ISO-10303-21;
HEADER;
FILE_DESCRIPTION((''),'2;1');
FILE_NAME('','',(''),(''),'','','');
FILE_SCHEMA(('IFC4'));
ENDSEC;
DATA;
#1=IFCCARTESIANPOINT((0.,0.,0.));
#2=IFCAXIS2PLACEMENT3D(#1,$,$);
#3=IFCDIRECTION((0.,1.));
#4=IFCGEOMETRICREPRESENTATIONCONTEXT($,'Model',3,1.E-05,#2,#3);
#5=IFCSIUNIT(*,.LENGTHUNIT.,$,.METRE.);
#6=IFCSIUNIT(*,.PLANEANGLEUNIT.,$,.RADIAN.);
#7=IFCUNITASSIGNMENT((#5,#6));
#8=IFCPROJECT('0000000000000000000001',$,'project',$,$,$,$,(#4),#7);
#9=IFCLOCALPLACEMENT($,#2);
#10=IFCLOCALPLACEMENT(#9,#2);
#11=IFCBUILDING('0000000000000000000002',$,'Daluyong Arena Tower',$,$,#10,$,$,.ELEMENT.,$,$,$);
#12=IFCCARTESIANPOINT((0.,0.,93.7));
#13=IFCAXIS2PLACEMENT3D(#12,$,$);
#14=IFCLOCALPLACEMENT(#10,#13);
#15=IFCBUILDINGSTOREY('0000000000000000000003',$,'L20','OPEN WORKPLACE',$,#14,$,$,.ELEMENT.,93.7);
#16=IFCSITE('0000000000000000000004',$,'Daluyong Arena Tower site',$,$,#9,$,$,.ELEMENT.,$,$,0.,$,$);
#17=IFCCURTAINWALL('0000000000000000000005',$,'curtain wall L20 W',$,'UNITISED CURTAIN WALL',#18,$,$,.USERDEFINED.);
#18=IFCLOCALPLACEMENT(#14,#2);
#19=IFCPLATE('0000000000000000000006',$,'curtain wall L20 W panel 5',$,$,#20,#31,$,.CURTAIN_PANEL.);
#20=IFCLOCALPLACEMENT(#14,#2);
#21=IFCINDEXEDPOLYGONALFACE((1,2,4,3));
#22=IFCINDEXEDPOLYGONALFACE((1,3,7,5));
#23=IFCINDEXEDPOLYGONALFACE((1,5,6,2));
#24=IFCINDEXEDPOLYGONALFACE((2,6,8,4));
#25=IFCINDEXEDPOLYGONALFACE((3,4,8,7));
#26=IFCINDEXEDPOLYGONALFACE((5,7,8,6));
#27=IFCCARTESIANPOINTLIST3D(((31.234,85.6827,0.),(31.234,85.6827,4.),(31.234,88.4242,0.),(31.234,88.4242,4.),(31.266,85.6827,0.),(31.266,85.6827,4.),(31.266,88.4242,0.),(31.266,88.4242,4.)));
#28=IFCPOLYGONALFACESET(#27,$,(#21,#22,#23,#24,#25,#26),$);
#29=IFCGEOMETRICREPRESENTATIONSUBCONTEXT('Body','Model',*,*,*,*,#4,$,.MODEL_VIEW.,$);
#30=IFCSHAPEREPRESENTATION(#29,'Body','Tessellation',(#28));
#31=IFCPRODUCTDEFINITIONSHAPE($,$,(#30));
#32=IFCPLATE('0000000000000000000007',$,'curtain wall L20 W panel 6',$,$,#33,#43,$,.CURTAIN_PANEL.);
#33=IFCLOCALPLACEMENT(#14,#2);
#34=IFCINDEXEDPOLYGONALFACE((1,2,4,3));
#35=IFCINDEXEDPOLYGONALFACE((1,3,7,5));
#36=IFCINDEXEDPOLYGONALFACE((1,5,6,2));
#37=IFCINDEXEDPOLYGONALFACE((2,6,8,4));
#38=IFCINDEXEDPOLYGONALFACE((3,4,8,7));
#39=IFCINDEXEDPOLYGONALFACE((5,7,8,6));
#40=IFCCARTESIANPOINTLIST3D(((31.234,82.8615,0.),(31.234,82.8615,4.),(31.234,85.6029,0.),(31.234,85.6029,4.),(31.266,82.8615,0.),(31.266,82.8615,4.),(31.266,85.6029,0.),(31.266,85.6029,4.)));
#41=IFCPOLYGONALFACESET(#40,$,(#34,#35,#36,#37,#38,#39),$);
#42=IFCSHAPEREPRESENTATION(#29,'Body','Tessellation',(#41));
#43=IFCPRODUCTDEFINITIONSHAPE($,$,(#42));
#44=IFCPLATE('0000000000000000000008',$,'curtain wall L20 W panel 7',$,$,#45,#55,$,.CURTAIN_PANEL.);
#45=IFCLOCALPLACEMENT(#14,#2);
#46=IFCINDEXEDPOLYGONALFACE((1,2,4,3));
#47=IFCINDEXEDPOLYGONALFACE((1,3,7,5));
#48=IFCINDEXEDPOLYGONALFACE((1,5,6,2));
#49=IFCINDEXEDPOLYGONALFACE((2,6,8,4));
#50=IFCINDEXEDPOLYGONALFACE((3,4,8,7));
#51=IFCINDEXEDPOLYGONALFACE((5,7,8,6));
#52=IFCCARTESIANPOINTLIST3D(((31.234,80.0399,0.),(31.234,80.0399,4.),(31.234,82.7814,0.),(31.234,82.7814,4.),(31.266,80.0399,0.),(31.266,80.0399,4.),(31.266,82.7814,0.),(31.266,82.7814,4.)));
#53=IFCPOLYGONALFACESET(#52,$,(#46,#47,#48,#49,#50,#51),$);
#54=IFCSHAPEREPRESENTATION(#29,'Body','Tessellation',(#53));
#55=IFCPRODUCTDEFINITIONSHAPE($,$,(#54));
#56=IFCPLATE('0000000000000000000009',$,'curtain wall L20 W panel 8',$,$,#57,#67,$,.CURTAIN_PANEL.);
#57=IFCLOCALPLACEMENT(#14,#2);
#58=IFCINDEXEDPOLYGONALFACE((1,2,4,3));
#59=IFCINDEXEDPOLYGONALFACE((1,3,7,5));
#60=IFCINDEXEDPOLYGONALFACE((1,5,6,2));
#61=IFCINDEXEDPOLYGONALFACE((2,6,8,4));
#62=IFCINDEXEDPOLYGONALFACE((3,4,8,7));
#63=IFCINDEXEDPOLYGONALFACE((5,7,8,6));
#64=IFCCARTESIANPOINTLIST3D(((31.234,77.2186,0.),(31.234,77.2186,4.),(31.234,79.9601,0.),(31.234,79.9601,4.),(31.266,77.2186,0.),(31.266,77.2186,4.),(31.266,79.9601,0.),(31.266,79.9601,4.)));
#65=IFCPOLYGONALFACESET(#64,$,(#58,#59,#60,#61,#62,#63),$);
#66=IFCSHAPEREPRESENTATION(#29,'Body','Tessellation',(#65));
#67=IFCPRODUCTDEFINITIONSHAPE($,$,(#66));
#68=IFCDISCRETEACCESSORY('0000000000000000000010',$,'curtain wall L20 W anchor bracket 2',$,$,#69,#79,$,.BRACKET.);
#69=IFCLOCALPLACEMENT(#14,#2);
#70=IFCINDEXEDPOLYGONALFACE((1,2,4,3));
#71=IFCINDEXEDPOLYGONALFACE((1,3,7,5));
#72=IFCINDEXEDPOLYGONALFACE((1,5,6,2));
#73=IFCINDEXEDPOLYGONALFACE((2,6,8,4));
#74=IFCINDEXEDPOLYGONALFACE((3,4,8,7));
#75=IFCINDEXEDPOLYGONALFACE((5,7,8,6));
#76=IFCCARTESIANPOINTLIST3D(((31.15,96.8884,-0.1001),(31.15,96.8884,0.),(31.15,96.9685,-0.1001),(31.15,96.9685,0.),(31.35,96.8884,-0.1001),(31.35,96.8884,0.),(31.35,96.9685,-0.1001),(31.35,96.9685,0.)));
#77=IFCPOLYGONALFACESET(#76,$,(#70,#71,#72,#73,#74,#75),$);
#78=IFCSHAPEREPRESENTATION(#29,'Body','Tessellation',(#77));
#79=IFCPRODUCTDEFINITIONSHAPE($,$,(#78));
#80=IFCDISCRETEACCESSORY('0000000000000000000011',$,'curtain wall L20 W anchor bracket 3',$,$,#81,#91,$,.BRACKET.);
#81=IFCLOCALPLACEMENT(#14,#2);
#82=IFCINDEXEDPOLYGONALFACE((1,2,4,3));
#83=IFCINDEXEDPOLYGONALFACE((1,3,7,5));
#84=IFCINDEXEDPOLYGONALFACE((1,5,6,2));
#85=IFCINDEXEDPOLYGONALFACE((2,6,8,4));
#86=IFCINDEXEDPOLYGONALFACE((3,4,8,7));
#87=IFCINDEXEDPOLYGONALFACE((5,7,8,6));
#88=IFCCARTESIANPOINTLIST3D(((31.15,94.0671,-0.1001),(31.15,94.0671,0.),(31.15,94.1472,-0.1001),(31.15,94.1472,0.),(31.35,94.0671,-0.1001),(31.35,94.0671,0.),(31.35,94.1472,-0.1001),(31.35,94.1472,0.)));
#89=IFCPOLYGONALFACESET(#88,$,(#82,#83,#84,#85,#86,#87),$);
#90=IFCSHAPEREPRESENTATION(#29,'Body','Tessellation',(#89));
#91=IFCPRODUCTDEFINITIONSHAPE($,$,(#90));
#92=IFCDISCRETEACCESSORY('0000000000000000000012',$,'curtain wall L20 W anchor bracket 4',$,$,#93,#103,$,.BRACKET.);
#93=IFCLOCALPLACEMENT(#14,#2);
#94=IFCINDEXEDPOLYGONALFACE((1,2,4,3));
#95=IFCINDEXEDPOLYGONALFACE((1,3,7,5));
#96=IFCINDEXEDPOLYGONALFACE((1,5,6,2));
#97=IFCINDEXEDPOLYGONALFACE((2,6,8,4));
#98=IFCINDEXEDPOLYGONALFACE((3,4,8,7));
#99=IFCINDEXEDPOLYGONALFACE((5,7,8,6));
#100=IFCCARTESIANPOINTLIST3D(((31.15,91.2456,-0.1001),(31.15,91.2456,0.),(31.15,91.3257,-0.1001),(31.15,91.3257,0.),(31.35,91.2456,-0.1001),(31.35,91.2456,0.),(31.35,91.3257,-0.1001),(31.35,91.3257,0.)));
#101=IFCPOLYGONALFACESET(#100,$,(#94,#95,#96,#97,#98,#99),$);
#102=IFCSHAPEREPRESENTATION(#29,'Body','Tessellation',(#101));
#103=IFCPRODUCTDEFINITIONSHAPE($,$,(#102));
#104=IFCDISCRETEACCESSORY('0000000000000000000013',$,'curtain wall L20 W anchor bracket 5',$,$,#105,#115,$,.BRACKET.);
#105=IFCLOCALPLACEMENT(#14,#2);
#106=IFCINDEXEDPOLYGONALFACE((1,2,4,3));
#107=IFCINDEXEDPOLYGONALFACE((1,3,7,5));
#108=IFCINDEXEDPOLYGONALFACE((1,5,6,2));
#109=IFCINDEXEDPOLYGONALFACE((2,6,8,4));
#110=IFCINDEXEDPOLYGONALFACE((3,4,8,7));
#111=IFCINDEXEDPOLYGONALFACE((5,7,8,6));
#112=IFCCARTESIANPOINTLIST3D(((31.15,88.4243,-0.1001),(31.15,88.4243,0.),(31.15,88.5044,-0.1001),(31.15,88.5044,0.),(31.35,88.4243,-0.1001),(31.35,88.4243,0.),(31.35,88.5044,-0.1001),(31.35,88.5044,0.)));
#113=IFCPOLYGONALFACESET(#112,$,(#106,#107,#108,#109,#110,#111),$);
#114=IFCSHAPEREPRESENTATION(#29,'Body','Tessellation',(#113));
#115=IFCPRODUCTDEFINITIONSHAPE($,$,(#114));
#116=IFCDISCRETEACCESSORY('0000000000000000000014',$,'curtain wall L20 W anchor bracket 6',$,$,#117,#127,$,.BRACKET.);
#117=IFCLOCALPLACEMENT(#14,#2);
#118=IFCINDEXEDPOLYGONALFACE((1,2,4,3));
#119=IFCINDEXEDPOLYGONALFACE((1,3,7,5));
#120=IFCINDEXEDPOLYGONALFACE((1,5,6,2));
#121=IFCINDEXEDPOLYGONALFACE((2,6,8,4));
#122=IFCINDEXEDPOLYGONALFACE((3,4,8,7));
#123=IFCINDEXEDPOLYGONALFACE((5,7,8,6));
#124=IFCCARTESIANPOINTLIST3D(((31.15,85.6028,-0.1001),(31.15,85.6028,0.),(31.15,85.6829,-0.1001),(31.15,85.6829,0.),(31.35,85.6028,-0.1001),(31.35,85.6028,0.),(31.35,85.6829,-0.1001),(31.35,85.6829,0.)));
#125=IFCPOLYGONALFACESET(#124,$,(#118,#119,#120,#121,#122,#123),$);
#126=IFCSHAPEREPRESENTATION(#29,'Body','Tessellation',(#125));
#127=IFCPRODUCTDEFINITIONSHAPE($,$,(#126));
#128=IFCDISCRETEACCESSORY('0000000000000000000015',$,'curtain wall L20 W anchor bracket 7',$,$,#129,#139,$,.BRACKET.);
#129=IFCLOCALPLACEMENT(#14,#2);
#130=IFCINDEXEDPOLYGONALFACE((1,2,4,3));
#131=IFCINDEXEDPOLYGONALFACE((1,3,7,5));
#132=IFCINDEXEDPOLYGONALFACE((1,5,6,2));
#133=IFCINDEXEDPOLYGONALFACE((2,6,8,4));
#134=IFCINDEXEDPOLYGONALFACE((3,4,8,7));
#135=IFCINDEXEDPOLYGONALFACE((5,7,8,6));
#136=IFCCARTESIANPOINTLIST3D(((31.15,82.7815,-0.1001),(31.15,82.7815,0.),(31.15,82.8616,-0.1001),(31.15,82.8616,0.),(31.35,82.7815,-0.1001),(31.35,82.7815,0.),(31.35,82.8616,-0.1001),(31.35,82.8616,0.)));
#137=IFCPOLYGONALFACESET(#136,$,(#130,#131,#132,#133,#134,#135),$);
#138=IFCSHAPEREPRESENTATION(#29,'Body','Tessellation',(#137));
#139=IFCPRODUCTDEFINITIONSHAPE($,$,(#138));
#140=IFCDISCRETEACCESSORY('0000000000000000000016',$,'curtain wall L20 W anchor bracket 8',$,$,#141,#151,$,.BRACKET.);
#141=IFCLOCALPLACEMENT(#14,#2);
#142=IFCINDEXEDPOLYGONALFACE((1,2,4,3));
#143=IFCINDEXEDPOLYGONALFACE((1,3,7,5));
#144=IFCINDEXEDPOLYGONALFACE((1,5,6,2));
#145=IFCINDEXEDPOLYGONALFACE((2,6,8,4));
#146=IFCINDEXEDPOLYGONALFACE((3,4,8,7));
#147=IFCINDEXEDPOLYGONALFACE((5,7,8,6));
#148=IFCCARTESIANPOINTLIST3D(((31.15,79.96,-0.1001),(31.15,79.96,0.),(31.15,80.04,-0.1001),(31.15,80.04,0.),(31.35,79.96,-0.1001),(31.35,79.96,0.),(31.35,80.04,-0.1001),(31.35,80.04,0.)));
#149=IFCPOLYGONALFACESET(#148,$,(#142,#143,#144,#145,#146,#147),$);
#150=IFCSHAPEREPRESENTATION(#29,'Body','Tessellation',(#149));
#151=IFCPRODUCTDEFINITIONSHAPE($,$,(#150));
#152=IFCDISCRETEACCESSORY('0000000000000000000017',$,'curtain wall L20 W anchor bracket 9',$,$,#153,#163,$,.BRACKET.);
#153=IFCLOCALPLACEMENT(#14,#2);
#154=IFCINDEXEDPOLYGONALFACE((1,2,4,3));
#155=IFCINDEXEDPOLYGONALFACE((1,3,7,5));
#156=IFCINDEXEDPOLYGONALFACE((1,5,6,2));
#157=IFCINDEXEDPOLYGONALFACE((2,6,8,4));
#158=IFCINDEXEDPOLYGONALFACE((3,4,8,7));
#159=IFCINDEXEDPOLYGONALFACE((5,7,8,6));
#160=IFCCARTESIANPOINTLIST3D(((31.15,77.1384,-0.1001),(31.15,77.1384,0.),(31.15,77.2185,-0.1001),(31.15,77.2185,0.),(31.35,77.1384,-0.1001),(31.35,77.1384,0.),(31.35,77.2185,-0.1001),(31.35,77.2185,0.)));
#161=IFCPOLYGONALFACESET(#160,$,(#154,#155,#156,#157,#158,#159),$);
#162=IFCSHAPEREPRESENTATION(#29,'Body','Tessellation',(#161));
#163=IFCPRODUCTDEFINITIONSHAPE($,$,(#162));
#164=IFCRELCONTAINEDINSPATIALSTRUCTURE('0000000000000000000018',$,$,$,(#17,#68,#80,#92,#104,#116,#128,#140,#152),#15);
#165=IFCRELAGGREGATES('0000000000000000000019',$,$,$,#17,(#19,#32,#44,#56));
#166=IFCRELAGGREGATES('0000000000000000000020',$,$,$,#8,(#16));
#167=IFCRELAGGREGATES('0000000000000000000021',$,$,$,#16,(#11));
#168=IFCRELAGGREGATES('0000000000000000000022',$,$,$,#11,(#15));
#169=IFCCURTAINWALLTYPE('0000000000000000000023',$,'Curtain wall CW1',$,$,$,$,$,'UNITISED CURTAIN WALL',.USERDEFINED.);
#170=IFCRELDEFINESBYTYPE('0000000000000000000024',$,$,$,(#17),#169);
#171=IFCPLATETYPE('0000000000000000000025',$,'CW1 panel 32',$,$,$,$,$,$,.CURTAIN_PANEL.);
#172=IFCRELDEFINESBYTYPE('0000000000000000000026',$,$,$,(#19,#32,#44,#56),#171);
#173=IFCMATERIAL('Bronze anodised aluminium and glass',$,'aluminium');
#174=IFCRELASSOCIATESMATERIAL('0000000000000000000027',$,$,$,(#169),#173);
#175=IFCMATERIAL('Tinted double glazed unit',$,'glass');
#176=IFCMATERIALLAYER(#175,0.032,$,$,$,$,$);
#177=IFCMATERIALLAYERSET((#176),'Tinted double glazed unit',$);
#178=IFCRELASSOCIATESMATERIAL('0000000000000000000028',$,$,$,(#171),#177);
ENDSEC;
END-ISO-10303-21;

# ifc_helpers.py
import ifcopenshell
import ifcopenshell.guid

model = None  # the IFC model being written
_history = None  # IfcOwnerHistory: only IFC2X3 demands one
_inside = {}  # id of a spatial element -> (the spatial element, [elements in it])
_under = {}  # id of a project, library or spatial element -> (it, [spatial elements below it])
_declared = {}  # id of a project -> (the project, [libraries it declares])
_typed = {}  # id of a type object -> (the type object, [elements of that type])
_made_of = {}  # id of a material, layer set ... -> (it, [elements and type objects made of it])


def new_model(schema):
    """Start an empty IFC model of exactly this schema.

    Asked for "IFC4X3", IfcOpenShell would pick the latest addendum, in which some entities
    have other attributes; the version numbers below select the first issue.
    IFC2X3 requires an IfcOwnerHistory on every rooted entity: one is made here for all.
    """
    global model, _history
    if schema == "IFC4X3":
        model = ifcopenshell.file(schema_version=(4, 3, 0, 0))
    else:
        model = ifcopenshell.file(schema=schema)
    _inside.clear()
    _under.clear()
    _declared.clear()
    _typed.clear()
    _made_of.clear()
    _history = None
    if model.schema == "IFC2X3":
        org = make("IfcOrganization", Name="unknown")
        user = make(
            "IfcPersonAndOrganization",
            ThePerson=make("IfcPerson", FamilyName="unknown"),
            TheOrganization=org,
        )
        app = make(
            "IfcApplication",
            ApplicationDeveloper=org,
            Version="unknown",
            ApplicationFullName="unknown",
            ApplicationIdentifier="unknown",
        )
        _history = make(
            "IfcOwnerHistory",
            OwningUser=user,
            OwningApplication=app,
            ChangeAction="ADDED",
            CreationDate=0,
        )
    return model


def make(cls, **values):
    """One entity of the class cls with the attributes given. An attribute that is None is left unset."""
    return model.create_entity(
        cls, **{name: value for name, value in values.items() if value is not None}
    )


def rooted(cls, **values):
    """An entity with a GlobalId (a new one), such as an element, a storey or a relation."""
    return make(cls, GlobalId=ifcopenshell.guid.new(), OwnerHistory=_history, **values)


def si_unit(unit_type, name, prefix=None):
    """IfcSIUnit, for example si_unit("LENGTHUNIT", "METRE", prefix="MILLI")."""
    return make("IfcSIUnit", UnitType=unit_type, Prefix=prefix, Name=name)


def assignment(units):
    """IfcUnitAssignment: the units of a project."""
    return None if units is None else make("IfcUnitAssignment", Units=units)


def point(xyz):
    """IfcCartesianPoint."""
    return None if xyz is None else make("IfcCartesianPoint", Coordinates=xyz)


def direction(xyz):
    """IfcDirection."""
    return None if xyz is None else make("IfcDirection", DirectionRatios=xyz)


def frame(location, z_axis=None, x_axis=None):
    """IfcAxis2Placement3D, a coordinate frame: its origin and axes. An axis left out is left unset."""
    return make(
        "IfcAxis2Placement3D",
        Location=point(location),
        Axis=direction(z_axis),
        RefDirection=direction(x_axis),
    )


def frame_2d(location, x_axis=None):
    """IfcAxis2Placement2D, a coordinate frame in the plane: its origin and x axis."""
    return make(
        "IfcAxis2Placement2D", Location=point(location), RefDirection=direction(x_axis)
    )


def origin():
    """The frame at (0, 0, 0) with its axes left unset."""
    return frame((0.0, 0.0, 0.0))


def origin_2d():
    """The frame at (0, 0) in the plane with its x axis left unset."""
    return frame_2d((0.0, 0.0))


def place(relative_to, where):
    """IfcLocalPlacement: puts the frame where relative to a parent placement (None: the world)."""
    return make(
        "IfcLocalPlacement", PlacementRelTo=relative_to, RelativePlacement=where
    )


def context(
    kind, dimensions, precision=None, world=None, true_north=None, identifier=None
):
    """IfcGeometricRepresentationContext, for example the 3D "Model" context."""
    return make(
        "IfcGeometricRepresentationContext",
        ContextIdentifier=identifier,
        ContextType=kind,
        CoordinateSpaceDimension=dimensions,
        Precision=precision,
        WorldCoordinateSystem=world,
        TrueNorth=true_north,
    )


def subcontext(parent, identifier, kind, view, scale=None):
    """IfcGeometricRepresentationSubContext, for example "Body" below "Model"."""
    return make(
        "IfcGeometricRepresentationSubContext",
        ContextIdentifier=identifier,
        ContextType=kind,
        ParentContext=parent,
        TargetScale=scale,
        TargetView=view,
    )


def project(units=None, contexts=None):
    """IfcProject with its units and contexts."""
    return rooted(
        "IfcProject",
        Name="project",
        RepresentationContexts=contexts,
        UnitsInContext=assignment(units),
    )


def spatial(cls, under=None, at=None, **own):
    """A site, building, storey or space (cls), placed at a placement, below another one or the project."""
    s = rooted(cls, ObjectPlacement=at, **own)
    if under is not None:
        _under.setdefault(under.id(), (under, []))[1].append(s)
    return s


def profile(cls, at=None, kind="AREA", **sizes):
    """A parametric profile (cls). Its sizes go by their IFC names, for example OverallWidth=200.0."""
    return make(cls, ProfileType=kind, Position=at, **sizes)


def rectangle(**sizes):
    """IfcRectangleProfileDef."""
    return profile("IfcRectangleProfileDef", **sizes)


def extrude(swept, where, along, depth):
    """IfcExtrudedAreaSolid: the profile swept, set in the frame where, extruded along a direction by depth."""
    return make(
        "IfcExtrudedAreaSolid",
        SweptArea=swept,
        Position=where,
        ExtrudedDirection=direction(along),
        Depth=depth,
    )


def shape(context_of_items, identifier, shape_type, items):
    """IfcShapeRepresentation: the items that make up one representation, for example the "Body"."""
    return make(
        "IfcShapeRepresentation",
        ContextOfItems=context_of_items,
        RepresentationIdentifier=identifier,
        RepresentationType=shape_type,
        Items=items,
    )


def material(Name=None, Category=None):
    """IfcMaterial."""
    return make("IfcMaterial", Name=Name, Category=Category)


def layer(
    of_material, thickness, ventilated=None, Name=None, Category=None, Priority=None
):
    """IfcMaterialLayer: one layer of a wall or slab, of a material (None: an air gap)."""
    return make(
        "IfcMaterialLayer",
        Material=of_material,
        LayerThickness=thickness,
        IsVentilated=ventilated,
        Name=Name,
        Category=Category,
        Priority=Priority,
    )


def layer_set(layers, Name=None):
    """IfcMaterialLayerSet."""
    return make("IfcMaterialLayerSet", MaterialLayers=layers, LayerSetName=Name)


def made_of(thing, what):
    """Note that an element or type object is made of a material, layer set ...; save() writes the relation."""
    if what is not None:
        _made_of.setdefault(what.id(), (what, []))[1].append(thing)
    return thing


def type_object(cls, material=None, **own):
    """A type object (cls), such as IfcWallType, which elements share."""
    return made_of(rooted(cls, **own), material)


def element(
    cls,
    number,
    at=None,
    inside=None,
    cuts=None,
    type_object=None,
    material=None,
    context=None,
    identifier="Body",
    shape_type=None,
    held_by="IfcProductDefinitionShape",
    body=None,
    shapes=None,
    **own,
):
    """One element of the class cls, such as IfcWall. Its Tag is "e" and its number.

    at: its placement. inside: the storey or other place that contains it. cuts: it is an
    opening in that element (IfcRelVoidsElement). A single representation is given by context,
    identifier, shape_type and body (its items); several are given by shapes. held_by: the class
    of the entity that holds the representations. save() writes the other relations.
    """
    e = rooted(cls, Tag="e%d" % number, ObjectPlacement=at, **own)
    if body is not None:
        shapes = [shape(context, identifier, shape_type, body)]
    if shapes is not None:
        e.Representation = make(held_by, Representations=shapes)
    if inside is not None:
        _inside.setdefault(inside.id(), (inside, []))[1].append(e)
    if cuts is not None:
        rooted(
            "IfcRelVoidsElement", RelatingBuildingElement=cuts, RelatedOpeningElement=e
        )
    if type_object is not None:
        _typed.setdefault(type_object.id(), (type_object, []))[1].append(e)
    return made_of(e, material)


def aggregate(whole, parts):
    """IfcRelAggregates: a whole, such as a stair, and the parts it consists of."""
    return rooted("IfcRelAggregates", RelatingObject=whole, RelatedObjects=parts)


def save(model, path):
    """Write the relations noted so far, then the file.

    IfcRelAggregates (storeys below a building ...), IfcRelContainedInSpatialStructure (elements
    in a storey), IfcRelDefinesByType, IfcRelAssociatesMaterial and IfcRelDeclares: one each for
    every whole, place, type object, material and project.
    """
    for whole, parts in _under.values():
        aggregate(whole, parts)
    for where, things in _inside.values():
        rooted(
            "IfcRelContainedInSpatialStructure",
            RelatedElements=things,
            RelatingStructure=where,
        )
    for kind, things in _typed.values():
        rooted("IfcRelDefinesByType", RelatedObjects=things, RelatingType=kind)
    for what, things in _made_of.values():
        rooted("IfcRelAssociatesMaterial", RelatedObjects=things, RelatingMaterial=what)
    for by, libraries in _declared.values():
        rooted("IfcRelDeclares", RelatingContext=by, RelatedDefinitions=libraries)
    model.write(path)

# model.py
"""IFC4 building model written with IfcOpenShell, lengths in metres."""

from ifc_helpers import new_model, si_unit, direction, frame, origin, origin_2d, place, context, subcontext, project, spatial, rectangle, extrude, material, layer, layer_set, type_object, element, aggregate, save


model = new_model("IFC4")

# Units and contexts
model_context = context("Model", 3, precision=1e-05, world=origin(), true_north=direction((0.0, 1.0)))
body_context = subcontext(model_context, "Body", "Model", "MODEL_VIEW")
ifc_project = project(units=[si_unit("LENGTHUNIT", "METRE"), si_unit("PLANEANGLEUNIT", "RADIAN")], contexts=[model_context])

# Site, building, storey
site_placement = place(None, origin())
site = spatial("IfcSite", under=ifc_project, at=site_placement, Name="Daluyong Arena Tower site", CompositionType="ELEMENT", RefElevation=0.0)
building_placement = place(site_placement, origin())
building = spatial("IfcBuilding", under=site, at=building_placement, Name="Daluyong Arena Tower", CompositionType="ELEMENT")
storey_placement = place(building_placement, frame((0.0, 0.0, 93.7)))
storey = spatial("IfcBuildingStorey", under=building, at=storey_placement, Name="L20", Description="OPEN WORKPLACE", CompositionType="ELEMENT", Elevation=93.7)

# Curtain wall
ifc_material_1 = material(Name="Bronze anodised aluminium and glass", Category="aluminium")
curtain_wall_type = type_object("IfcCurtainWallType", Name="Curtain wall CW1", ElementType="UNITISED CURTAIN WALL", PredefinedType="USERDEFINED", material=ifc_material_1)
curtain_wall_placement = place(storey_placement, origin())
curtain_wall = element("IfcCurtainWall", 1, at=curtain_wall_placement, inside=storey, type_object=curtain_wall_type, Name="curtain wall L20 W", ObjectType="UNITISED CURTAIN WALL", PredefinedType="USERDEFINED")

# Plates
ifc_material_2 = material(Name="Tinted double glazed unit", Category="glass")
ifc_layer = layer(ifc_material_2, 0.032)
ifc_layer_set = layer_set([ifc_layer], Name="Tinted double glazed unit")
plate_type = type_object("IfcPlateType", Name="CW1 panel 32", PredefinedType="CURTAIN_PANEL", material=ifc_layer_set)
plate_1_placement = place(storey_placement, frame((31.25, 87.0535, 0.0), z_axis=(0.0, 0.0, 1.0), x_axis=(0.0, -1.0, 0.0)))
plate_1 = element("IfcPlate", 2, at=plate_1_placement, type_object=plate_type, Name="curtain wall L20 W panel 5", PredefinedType="CURTAIN_PANEL", context=body_context, shape_type="SweptSolid", body=[
    extrude(rectangle(XDim=2.7415, YDim=0.032, at=origin_2d()), origin(), (0.0, 0.0, 1.0), 4.0),
])
plate_2_placement = place(storey_placement, frame((31.25, 84.2322, 0.0), z_axis=(0.0, 0.0, 1.0), x_axis=(0.0, -1.0, 0.0)))
plate_2 = element("IfcPlate", 3, at=plate_2_placement, type_object=plate_type, Name="curtain wall L20 W panel 6", PredefinedType="CURTAIN_PANEL", context=body_context, shape_type="SweptSolid", body=[
    extrude(rectangle(XDim=2.7415, YDim=0.032, at=origin_2d()), origin(), (0.0, 0.0, 1.0), 4.0),
])
plate_3_placement = place(storey_placement, frame((31.25, 81.4106, 0.0), z_axis=(0.0, 0.0, 1.0), x_axis=(0.0, -1.0, 0.0)))
plate_3 = element("IfcPlate", 4, at=plate_3_placement, type_object=plate_type, Name="curtain wall L20 W panel 7", PredefinedType="CURTAIN_PANEL", context=body_context, shape_type="SweptSolid", body=[
    extrude(rectangle(XDim=2.7415, YDim=0.032, at=origin_2d()), origin(), (0.0, 0.0, 1.0), 4.0),
])
plate_4_placement = place(storey_placement, frame((31.25, 78.5894, 0.0), z_axis=(0.0, 0.0, 1.0), x_axis=(0.0, -1.0, 0.0)))
plate_4 = element("IfcPlate", 5, at=plate_4_placement, type_object=plate_type, Name="curtain wall L20 W panel 8", PredefinedType="CURTAIN_PANEL", context=body_context, shape_type="SweptSolid", body=[
    extrude(rectangle(XDim=2.7415, YDim=0.032, at=origin_2d()), origin(), (0.0, 0.0, 1.0), 4.0),
])
aggregate(curtain_wall, [plate_1, plate_2, plate_3, plate_4])

# Discrete accessories
for number, where, z_axis, x_axis, name in (
    (6, (31.25, 96.9285, -0.1001), (0.0, 0.0, 1.0), (0.0, -1.0, 0.0), "curtain wall L20 W anchor bracket 2"),
    (7, (31.25, 94.1072, -0.1001), (0.0, 0.0, 1.0), (0.0, -1.0, 0.0), "curtain wall L20 W anchor bracket 3"),
    (8, (31.25, 91.2856, -0.1001), (0.0, 0.0, 1.0), (0.0, -1.0, 0.0), "curtain wall L20 W anchor bracket 4"),
    (9, (31.25, 88.4644, -0.1001), (0.0, 0.0, 1.0), (0.0, -1.0, 0.0), "curtain wall L20 W anchor bracket 5"),
    (10, (31.25, 85.6428, -0.1001), (0.0, 0.0, 1.0), (0.0, -1.0, 0.0), "curtain wall L20 W anchor bracket 6"),
    (11, (31.25, 82.8215, -0.1001), (0.0, 0.0, 1.0), (0.0, -1.0, 0.0), "curtain wall L20 W anchor bracket 7"),
    (12, (31.25, 80.0, -0.1001), (0.0, 0.0, 1.0), (0.0, -1.0, 0.0), "curtain wall L20 W anchor bracket 8"),
    (13, (31.25, 77.1785, -0.1001), (0.0, 0.0, 1.0), (0.0, -1.0, 0.0), "curtain wall L20 W anchor bracket 9"),
):
    element("IfcDiscreteAccessory", number, at=place(storey_placement, frame(where, z_axis=z_axis, x_axis=x_axis)), inside=storey, Name=name, PredefinedType="BRACKET", context=body_context, shape_type="SweptSolid", body=[
        extrude(rectangle(XDim=0.0801, YDim=0.2, at=origin_2d()), origin(), (0.0, 0.0, 1.0), 0.1001),
    ])

save(model, "model.ifc")
